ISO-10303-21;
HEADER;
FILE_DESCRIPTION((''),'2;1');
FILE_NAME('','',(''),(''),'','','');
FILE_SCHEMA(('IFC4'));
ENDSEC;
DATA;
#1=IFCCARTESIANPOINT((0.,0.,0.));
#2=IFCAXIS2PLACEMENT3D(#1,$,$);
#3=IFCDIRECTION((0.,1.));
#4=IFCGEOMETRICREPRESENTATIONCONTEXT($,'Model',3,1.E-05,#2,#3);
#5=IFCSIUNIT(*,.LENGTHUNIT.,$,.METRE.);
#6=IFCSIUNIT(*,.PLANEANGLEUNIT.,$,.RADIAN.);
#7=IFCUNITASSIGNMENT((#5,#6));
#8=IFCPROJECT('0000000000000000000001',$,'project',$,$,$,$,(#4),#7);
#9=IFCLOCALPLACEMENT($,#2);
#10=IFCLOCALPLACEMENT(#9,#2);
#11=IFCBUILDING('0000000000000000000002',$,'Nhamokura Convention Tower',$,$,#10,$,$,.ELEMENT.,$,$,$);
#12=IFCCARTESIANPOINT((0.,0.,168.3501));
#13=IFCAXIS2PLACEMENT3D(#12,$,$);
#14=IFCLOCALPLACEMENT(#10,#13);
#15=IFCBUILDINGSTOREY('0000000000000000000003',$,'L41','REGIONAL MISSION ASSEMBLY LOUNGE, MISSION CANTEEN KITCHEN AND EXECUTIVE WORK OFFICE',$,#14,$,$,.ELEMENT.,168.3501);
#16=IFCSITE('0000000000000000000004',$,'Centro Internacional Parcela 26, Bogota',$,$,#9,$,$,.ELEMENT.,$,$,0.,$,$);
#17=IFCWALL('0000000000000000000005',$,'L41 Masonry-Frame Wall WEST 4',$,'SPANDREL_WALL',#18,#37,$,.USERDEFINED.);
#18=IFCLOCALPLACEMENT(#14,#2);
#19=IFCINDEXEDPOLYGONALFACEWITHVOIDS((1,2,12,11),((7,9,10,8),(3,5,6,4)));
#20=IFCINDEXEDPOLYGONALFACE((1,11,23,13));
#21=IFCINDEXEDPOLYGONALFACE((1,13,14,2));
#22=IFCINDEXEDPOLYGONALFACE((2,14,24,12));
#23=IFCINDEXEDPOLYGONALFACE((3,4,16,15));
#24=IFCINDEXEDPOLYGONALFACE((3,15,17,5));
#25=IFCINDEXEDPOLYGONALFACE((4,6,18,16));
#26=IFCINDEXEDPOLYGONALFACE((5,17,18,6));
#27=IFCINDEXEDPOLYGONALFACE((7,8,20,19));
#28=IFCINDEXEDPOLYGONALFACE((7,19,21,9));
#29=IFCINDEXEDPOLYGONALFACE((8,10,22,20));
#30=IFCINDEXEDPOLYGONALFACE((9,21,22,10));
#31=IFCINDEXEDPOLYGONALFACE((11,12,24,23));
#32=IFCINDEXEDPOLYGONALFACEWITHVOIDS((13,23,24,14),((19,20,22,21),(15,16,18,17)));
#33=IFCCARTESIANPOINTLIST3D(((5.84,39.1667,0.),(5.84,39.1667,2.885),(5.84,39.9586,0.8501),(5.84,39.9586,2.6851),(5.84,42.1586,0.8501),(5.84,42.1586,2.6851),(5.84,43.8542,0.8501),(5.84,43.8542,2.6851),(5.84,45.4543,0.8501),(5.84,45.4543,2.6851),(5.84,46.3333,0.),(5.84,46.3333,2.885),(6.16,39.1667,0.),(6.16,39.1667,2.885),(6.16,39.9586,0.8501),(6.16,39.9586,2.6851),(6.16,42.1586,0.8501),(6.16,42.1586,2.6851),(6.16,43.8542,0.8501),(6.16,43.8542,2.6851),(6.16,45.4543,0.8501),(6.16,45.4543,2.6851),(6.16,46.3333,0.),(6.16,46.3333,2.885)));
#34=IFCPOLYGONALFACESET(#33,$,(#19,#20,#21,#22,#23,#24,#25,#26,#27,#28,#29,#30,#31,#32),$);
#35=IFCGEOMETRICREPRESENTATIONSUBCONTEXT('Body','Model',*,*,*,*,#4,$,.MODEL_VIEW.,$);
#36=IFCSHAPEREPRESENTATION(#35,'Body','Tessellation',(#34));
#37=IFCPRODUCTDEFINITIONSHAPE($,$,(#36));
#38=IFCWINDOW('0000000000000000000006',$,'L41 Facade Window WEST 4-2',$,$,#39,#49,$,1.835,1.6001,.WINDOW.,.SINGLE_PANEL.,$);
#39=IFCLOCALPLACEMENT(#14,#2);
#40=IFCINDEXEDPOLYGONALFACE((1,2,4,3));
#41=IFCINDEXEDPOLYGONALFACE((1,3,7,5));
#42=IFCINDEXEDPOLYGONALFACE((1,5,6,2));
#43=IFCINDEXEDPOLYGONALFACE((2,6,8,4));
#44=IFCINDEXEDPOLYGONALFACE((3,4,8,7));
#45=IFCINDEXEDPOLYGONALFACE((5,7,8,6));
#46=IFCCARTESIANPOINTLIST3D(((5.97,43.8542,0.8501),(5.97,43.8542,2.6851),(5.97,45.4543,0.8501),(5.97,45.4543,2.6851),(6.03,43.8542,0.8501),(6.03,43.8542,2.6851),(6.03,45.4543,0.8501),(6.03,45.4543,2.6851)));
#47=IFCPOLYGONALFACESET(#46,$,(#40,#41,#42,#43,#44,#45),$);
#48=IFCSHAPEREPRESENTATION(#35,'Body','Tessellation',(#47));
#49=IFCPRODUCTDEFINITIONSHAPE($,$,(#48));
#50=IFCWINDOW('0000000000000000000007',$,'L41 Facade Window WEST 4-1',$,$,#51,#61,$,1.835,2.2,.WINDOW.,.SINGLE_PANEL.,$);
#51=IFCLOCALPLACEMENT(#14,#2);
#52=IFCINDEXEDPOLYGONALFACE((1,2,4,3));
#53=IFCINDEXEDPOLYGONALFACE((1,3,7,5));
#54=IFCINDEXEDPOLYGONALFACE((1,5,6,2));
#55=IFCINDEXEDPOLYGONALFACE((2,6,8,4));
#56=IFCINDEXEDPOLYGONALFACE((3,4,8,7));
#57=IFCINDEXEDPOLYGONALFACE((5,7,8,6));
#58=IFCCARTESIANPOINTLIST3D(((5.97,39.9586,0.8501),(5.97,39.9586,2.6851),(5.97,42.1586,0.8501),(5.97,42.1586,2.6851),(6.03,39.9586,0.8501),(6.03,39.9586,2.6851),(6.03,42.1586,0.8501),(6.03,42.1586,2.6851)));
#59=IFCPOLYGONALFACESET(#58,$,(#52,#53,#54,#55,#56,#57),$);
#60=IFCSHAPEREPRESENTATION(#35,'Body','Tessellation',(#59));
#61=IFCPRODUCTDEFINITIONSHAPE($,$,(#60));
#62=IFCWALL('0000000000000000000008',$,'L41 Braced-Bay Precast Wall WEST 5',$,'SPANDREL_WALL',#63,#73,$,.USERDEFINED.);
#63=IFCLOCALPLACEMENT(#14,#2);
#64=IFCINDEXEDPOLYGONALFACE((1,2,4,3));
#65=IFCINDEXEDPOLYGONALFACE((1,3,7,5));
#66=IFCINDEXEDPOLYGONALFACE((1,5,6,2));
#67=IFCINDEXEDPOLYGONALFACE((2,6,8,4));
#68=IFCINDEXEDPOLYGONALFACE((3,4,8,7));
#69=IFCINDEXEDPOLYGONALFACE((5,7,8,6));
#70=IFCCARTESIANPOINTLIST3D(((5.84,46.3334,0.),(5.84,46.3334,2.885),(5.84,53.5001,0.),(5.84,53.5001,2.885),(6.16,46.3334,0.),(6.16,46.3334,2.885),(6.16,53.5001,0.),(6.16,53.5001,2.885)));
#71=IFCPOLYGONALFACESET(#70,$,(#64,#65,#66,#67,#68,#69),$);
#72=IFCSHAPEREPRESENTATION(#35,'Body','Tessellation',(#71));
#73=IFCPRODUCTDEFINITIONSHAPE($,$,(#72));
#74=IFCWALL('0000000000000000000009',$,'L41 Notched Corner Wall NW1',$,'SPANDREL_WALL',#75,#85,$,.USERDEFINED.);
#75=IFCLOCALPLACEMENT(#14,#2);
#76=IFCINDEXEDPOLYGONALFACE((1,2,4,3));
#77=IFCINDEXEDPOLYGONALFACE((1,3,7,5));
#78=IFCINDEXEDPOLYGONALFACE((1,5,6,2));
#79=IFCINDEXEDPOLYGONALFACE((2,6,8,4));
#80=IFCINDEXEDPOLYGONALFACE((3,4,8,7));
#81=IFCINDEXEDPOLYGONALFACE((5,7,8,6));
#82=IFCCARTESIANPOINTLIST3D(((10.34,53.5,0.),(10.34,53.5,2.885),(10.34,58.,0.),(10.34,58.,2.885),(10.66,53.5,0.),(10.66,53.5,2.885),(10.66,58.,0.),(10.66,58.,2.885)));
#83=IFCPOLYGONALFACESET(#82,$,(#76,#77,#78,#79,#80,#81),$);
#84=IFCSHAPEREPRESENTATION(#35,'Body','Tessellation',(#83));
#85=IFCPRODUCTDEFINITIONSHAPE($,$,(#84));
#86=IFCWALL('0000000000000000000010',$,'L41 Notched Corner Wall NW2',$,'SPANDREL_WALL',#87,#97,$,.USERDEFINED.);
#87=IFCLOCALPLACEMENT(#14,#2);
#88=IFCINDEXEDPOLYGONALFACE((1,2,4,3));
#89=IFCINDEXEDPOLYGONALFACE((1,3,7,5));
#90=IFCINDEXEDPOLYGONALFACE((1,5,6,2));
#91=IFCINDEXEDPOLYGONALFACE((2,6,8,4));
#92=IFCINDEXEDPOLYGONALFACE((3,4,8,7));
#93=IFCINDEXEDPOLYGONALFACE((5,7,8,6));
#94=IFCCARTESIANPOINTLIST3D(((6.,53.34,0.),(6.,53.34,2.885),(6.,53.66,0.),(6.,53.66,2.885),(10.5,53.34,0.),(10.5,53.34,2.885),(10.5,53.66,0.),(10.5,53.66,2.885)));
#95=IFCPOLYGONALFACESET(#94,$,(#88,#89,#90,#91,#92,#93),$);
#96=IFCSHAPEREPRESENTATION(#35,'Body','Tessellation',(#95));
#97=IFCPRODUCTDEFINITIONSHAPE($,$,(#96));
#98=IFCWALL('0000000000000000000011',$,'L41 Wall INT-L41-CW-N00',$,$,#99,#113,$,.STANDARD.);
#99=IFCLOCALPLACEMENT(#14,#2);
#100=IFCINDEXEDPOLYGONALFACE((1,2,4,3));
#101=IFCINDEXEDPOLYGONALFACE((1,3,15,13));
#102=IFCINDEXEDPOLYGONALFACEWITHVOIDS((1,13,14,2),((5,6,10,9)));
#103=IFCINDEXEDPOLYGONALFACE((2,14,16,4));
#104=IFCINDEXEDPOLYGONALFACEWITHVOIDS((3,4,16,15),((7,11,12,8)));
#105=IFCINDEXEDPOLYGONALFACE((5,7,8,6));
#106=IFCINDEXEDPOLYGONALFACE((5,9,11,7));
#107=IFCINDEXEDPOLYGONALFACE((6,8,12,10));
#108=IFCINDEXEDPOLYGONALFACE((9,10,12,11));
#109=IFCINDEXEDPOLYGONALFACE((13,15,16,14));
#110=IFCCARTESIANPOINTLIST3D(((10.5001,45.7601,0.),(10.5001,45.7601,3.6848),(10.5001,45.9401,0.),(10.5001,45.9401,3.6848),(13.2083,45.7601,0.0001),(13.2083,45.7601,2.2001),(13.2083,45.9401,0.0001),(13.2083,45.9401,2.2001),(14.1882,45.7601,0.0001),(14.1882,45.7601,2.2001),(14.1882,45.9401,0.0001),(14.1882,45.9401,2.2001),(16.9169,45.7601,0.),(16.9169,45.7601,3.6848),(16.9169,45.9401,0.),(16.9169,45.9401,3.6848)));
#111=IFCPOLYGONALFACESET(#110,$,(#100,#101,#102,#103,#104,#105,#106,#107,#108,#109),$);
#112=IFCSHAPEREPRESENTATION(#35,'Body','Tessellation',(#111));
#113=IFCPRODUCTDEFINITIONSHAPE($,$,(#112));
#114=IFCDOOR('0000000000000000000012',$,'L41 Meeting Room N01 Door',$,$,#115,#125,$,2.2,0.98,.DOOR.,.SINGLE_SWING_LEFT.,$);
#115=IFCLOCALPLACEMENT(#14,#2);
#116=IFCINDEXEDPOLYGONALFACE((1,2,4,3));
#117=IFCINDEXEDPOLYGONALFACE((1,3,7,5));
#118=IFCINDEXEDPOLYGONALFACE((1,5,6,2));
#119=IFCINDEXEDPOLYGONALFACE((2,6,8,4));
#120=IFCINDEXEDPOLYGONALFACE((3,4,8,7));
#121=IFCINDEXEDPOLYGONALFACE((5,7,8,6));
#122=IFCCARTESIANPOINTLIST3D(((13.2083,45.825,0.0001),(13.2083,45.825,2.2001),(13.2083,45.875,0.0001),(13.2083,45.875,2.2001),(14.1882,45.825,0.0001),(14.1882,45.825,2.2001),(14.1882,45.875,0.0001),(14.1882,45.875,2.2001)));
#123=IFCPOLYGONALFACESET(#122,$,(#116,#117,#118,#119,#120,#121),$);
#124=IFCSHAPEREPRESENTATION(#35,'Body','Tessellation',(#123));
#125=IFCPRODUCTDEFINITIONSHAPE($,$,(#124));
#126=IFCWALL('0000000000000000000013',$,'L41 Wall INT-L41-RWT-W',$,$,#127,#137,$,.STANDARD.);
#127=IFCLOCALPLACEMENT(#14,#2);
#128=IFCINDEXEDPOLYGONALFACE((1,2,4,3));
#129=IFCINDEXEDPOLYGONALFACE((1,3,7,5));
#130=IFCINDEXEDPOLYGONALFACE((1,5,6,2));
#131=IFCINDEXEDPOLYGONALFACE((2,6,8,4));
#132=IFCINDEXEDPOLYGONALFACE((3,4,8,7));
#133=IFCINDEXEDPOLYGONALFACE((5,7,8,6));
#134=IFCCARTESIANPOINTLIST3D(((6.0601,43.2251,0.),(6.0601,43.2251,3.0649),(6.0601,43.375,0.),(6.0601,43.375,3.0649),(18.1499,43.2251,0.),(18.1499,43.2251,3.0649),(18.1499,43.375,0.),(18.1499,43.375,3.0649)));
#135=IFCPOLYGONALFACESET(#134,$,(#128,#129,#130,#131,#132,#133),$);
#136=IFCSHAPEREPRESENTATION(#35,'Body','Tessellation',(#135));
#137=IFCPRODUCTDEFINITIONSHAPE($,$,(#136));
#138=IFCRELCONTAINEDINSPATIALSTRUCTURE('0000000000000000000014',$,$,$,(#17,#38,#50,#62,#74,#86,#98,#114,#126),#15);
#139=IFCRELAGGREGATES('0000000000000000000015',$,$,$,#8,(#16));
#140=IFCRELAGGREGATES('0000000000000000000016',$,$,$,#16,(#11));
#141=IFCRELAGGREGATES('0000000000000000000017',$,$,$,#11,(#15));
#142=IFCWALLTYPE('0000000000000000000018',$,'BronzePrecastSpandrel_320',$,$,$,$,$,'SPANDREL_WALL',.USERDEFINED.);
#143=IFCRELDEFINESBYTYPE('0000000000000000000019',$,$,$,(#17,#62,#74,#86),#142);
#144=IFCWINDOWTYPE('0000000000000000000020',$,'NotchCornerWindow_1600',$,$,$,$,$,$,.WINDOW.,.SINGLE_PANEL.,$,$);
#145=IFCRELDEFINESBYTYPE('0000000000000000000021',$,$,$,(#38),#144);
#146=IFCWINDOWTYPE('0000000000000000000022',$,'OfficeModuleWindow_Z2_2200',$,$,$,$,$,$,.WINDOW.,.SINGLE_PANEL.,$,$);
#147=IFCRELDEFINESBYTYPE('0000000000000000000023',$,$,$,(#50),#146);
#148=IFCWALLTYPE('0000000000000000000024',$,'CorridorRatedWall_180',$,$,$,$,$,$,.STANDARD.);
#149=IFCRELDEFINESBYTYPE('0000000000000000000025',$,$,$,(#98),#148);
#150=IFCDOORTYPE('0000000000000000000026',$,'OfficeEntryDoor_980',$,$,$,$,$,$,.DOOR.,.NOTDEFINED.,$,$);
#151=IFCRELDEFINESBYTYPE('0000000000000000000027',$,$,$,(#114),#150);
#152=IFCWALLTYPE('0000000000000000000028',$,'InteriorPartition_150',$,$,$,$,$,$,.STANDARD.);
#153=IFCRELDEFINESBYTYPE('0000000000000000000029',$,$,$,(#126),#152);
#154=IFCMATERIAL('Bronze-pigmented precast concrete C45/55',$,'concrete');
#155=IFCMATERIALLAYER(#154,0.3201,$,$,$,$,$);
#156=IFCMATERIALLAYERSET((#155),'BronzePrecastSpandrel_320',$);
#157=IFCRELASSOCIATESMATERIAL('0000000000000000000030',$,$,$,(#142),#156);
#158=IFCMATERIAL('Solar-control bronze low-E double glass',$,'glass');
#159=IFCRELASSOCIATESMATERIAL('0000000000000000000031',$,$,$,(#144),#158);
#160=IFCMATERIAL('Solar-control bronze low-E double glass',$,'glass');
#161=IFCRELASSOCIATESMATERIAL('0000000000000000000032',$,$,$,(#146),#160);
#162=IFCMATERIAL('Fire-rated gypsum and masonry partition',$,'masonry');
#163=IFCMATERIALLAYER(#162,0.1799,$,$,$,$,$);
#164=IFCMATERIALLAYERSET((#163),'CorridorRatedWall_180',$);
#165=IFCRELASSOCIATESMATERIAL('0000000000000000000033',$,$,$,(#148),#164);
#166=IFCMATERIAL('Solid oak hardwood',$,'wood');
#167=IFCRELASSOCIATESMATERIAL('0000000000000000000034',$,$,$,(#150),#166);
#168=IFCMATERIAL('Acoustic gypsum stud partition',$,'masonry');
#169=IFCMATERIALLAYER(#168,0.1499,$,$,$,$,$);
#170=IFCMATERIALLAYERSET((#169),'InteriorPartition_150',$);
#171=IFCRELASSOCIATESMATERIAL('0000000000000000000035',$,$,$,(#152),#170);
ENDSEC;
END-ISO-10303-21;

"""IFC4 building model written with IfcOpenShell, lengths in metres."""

from ifc_helpers import new_model, si_unit, direction, frame, frame_2d, origin, place, context, subcontext, project, spatial, rectangle, extrude, material, layer, layer_set, type_object, element, fill, save


model = new_model("IFC4")

# Units and contexts
model_context = context("Model", 3, precision=1e-05, world=origin(), true_north=direction((0.0, 1.0)))
body_context = subcontext(model_context, "Body", "Model", "MODEL_VIEW")
ifc_project = project(units=[si_unit("LENGTHUNIT", "METRE"), si_unit("PLANEANGLEUNIT", "RADIAN")], contexts=[model_context])

# Site, building, storey
site_placement = place(None, origin())
site = spatial("IfcSite", under=ifc_project, at=site_placement, Name="Centro Internacional Parcela 26, Bogota", CompositionType="ELEMENT", RefElevation=0.0)
building_placement = place(site_placement, origin())
building = spatial("IfcBuilding", under=site, at=building_placement, Name="Nhamokura Convention Tower", CompositionType="ELEMENT")
storey_placement = place(building_placement, frame((0.0, 0.0, 168.3501)))
storey = spatial("IfcBuildingStorey", under=building, at=storey_placement, Name="L41", Description="REGIONAL MISSION ASSEMBLY LOUNGE, MISSION CANTEEN KITCHEN AND EXECUTIVE WORK OFFICE", CompositionType="ELEMENT", Elevation=168.3501)

# Wall, openings, windows
ifc_material_1 = material(Name="Bronze-pigmented precast concrete C45/55", Category="concrete")
ifc_layer_1 = layer(ifc_material_1, 0.3201)
ifc_layer_set_1 = layer_set([ifc_layer_1], Name="BronzePrecastSpandrel_320")
wall_type_1 = type_object("IfcWallType", Name="BronzePrecastSpandrel_320", ElementType="SPANDREL_WALL", PredefinedType="USERDEFINED", material=ifc_layer_set_1)
wall_1_placement = place(storey_placement, frame((6.0, 39.1667, 0.0), z_axis=(0.0, 0.0, 1.0), x_axis=(0.0, 1.0, 0.0)))
wall_1 = element("IfcWall", 1, at=wall_1_placement, inside=storey, type_object=wall_type_1, Name="L41 Masonry-Frame Wall WEST 4", ObjectType="SPANDREL_WALL", PredefinedType="USERDEFINED", context=body_context, shape_type="SweptSolid", body=[
    extrude(rectangle(XDim=7.1665, YDim=0.3201, at=frame_2d((3.5833, 0.0))), origin(), (0.0, 0.0, 1.0), 2.885),
])
opening_1_placement = place(wall_1_placement, frame((0.7917, 0.0, 0.8501)))
opening_1 = element("IfcOpeningElement", 2, at=opening_1_placement, cuts=wall_1, PredefinedType="OPENING", context=body_context, shape_type="SweptSolid", body=[
    extrude(rectangle(XDim=2.2, YDim=1.835, at=frame_2d((1.1001, 0.9175))), frame((0.0, 0.1699, 0.0), z_axis=(0.0, -1.0, 0.0), x_axis=(1.0, 0.0, 0.0)), (0.0, 0.0, 1.0), 0.3401),
])
opening_2_placement = place(wall_1_placement, frame((4.6875, 0.0, 0.8501)))
opening_2 = element("IfcOpeningElement", 3, at=opening_2_placement, cuts=wall_1, PredefinedType="OPENING", context=body_context, shape_type="SweptSolid", body=[
    extrude(rectangle(XDim=1.6001, YDim=1.835, at=frame_2d((0.8, 0.9175))), frame((0.0, 0.1699, 0.0), z_axis=(0.0, -1.0, 0.0), x_axis=(1.0, 0.0, 0.0)), (0.0, 0.0, 1.0), 0.3401),
])
ifc_material_2 = material(Name="Solar-control bronze low-E double glass", Category="glass")
window_type_1 = type_object("IfcWindowType", Name="NotchCornerWindow_1600", PartitioningType="SINGLE_PANEL", PredefinedType="WINDOW", material=ifc_material_2)
window_1_placement = place(opening_2_placement, origin())
window_1 = element("IfcWindow", 4, at=window_1_placement, inside=storey, type_object=window_type_1, Name="L41 Facade Window WEST 4-2", OverallHeight=1.835, OverallWidth=1.6001, PartitioningType="SINGLE_PANEL", PredefinedType="WINDOW", context=body_context, shape_type="SweptSolid", body=[
    extrude(rectangle(XDim=1.6001, YDim=1.835, at=frame_2d((0.8, 0.9175))), frame((0.0, 0.03, 0.0), z_axis=(0.0, -1.0, 0.0), x_axis=(1.0, 0.0, 0.0)), (0.0, 0.0, 1.0), 0.0601),
])
fill(opening_2, window_1)
ifc_material_3 = material(Name="Solar-control bronze low-E double glass", Category="glass")
window_type_2 = type_object("IfcWindowType", Name="OfficeModuleWindow_Z2_2200", PartitioningType="SINGLE_PANEL", PredefinedType="WINDOW", material=ifc_material_3)
window_2_placement = place(opening_1_placement, origin())
window_2 = element("IfcWindow", 5, at=window_2_placement, inside=storey, type_object=window_type_2, Name="L41 Facade Window WEST 4-1", OverallHeight=1.835, OverallWidth=2.2, PartitioningType="SINGLE_PANEL", PredefinedType="WINDOW", context=body_context, shape_type="SweptSolid", body=[
    extrude(rectangle(XDim=2.2, YDim=1.835, at=frame_2d((1.1001, 0.9175))), frame((0.0, 0.03, 0.0), z_axis=(0.0, -1.0, 0.0), x_axis=(1.0, 0.0, 0.0)), (0.0, 0.0, 1.0), 0.0601),
])
fill(opening_1, window_2)

# Walls
wall_2_placement = place(storey_placement, frame((6.0, 46.3333, 0.0), z_axis=(0.0, 0.0, 1.0), x_axis=(0.0, 1.0, 0.0)))
element("IfcWall", 6, at=wall_2_placement, inside=storey, type_object=wall_type_1, Name="L41 Braced-Bay Precast Wall WEST 5", ObjectType="SPANDREL_WALL", PredefinedType="USERDEFINED", context=body_context, shape_type="SweptSolid", body=[
    extrude(rectangle(XDim=7.1667, YDim=0.3201, at=frame_2d((3.5835, 0.0))), origin(), (0.0, 0.0, 1.0), 2.885),
])
for number, where, z_axis, x_axis, name in (
    (7, (10.5, 53.5, 0.0), (0.0, 0.0, 1.0), (0.0, 1.0, 0.0), "L41 Notched Corner Wall NW1"),
    (8, (6.0, 53.5, 0.0), (0.0, 0.0, 1.0), (1.0, 0.0, 0.0), "L41 Notched Corner Wall NW2"),
):
    element("IfcWall", number, at=place(storey_placement, frame(where, z_axis=z_axis, x_axis=x_axis)), inside=storey, type_object=wall_type_1, Name=name, ObjectType="SPANDREL_WALL", PredefinedType="USERDEFINED", context=body_context, shape_type="SweptSolid", body=[
        extrude(rectangle(XDim=4.5, YDim=0.3201, at=frame_2d((2.25, 0.0))), origin(), (0.0, 0.0, 1.0), 2.885),
    ])

# Wall, opening, door
ifc_material_4 = material(Name="Fire-rated gypsum and masonry partition", Category="masonry")
ifc_layer_2 = layer(ifc_material_4, 0.1799)
ifc_layer_set_2 = layer_set([ifc_layer_2], Name="CorridorRatedWall_180")
wall_type_2 = type_object("IfcWallType", Name="CorridorRatedWall_180", PredefinedType="STANDARD", material=ifc_layer_set_2)
wall_3_placement = place(storey_placement, frame((10.5, 45.8501, 0.0), z_axis=(0.0, 0.0, 1.0), x_axis=(1.0, 0.0, 0.0)))
wall_3 = element("IfcWall", 9, at=wall_3_placement, inside=storey, type_object=wall_type_2, Name="L41 Wall INT-L41-CW-N00", PredefinedType="STANDARD", context=body_context, shape_type="SweptSolid", body=[
    extrude(rectangle(XDim=6.4167, YDim=0.1799, at=frame_2d((3.2085, 0.0))), origin(), (0.0, 0.0, 1.0), 3.6848),
])
opening_3_placement = place(wall_3_placement, frame((2.7083, 0.0, 0.0)))
opening_3 = element("IfcOpeningElement", 10, at=opening_3_placement, cuts=wall_3, PredefinedType="OPENING", context=body_context, shape_type="SweptSolid", body=[
    extrude(rectangle(XDim=0.98, YDim=2.2, at=frame_2d((0.49, 1.1001))), frame((0.0, 0.0999, 0.0), z_axis=(0.0, -1.0, 0.0), x_axis=(1.0, 0.0, 0.0)), (0.0, 0.0, 1.0), 0.2),
])
ifc_material_5 = material(Name="Solid oak hardwood", Category="wood")
door_type = type_object("IfcDoorType", Name="OfficeEntryDoor_980", OperationType="NOTDEFINED", PredefinedType="DOOR", material=ifc_material_5)
door_placement = place(opening_3_placement, origin())
door = element("IfcDoor", 11, at=door_placement, inside=storey, type_object=door_type, Name="L41 Meeting Room N01 Door", OperationType="SINGLE_SWING_LEFT", OverallHeight=2.2, OverallWidth=0.98, PredefinedType="DOOR", context=body_context, shape_type="SweptSolid", body=[
    extrude(rectangle(XDim=0.98, YDim=2.2, at=frame_2d((0.49, 1.1001))), frame((0.0, 0.0249, 0.0), z_axis=(0.0, -1.0, 0.0), x_axis=(1.0, 0.0, 0.0)), (0.0, 0.0, 1.0), 0.05),
])
fill(opening_3, door)

# Wall
ifc_material_6 = material(Name="Acoustic gypsum stud partition", Category="masonry")
ifc_layer_3 = layer(ifc_material_6, 0.1499)
ifc_layer_set_3 = layer_set([ifc_layer_3], Name="InteriorPartition_150")
wall_type_3 = type_object("IfcWallType", Name="InteriorPartition_150", PredefinedType="STANDARD", material=ifc_layer_set_3)
wall_4_placement = place(storey_placement, frame((6.0601, 43.3, 0.0), z_axis=(0.0, 0.0, 1.0), x_axis=(1.0, 0.0, 0.0)))
element("IfcWall", 12, at=wall_4_placement, inside=storey, type_object=wall_type_3, Name="L41 Wall INT-L41-RWT-W", PredefinedType="STANDARD", context=body_context, shape_type="SweptSolid", body=[
    extrude(rectangle(XDim=12.0898, YDim=0.1499, at=frame_2d((6.0449, 0.0))), origin(), (0.0, 0.0, 1.0), 3.0649),
])

save(model, "model.ifc")
